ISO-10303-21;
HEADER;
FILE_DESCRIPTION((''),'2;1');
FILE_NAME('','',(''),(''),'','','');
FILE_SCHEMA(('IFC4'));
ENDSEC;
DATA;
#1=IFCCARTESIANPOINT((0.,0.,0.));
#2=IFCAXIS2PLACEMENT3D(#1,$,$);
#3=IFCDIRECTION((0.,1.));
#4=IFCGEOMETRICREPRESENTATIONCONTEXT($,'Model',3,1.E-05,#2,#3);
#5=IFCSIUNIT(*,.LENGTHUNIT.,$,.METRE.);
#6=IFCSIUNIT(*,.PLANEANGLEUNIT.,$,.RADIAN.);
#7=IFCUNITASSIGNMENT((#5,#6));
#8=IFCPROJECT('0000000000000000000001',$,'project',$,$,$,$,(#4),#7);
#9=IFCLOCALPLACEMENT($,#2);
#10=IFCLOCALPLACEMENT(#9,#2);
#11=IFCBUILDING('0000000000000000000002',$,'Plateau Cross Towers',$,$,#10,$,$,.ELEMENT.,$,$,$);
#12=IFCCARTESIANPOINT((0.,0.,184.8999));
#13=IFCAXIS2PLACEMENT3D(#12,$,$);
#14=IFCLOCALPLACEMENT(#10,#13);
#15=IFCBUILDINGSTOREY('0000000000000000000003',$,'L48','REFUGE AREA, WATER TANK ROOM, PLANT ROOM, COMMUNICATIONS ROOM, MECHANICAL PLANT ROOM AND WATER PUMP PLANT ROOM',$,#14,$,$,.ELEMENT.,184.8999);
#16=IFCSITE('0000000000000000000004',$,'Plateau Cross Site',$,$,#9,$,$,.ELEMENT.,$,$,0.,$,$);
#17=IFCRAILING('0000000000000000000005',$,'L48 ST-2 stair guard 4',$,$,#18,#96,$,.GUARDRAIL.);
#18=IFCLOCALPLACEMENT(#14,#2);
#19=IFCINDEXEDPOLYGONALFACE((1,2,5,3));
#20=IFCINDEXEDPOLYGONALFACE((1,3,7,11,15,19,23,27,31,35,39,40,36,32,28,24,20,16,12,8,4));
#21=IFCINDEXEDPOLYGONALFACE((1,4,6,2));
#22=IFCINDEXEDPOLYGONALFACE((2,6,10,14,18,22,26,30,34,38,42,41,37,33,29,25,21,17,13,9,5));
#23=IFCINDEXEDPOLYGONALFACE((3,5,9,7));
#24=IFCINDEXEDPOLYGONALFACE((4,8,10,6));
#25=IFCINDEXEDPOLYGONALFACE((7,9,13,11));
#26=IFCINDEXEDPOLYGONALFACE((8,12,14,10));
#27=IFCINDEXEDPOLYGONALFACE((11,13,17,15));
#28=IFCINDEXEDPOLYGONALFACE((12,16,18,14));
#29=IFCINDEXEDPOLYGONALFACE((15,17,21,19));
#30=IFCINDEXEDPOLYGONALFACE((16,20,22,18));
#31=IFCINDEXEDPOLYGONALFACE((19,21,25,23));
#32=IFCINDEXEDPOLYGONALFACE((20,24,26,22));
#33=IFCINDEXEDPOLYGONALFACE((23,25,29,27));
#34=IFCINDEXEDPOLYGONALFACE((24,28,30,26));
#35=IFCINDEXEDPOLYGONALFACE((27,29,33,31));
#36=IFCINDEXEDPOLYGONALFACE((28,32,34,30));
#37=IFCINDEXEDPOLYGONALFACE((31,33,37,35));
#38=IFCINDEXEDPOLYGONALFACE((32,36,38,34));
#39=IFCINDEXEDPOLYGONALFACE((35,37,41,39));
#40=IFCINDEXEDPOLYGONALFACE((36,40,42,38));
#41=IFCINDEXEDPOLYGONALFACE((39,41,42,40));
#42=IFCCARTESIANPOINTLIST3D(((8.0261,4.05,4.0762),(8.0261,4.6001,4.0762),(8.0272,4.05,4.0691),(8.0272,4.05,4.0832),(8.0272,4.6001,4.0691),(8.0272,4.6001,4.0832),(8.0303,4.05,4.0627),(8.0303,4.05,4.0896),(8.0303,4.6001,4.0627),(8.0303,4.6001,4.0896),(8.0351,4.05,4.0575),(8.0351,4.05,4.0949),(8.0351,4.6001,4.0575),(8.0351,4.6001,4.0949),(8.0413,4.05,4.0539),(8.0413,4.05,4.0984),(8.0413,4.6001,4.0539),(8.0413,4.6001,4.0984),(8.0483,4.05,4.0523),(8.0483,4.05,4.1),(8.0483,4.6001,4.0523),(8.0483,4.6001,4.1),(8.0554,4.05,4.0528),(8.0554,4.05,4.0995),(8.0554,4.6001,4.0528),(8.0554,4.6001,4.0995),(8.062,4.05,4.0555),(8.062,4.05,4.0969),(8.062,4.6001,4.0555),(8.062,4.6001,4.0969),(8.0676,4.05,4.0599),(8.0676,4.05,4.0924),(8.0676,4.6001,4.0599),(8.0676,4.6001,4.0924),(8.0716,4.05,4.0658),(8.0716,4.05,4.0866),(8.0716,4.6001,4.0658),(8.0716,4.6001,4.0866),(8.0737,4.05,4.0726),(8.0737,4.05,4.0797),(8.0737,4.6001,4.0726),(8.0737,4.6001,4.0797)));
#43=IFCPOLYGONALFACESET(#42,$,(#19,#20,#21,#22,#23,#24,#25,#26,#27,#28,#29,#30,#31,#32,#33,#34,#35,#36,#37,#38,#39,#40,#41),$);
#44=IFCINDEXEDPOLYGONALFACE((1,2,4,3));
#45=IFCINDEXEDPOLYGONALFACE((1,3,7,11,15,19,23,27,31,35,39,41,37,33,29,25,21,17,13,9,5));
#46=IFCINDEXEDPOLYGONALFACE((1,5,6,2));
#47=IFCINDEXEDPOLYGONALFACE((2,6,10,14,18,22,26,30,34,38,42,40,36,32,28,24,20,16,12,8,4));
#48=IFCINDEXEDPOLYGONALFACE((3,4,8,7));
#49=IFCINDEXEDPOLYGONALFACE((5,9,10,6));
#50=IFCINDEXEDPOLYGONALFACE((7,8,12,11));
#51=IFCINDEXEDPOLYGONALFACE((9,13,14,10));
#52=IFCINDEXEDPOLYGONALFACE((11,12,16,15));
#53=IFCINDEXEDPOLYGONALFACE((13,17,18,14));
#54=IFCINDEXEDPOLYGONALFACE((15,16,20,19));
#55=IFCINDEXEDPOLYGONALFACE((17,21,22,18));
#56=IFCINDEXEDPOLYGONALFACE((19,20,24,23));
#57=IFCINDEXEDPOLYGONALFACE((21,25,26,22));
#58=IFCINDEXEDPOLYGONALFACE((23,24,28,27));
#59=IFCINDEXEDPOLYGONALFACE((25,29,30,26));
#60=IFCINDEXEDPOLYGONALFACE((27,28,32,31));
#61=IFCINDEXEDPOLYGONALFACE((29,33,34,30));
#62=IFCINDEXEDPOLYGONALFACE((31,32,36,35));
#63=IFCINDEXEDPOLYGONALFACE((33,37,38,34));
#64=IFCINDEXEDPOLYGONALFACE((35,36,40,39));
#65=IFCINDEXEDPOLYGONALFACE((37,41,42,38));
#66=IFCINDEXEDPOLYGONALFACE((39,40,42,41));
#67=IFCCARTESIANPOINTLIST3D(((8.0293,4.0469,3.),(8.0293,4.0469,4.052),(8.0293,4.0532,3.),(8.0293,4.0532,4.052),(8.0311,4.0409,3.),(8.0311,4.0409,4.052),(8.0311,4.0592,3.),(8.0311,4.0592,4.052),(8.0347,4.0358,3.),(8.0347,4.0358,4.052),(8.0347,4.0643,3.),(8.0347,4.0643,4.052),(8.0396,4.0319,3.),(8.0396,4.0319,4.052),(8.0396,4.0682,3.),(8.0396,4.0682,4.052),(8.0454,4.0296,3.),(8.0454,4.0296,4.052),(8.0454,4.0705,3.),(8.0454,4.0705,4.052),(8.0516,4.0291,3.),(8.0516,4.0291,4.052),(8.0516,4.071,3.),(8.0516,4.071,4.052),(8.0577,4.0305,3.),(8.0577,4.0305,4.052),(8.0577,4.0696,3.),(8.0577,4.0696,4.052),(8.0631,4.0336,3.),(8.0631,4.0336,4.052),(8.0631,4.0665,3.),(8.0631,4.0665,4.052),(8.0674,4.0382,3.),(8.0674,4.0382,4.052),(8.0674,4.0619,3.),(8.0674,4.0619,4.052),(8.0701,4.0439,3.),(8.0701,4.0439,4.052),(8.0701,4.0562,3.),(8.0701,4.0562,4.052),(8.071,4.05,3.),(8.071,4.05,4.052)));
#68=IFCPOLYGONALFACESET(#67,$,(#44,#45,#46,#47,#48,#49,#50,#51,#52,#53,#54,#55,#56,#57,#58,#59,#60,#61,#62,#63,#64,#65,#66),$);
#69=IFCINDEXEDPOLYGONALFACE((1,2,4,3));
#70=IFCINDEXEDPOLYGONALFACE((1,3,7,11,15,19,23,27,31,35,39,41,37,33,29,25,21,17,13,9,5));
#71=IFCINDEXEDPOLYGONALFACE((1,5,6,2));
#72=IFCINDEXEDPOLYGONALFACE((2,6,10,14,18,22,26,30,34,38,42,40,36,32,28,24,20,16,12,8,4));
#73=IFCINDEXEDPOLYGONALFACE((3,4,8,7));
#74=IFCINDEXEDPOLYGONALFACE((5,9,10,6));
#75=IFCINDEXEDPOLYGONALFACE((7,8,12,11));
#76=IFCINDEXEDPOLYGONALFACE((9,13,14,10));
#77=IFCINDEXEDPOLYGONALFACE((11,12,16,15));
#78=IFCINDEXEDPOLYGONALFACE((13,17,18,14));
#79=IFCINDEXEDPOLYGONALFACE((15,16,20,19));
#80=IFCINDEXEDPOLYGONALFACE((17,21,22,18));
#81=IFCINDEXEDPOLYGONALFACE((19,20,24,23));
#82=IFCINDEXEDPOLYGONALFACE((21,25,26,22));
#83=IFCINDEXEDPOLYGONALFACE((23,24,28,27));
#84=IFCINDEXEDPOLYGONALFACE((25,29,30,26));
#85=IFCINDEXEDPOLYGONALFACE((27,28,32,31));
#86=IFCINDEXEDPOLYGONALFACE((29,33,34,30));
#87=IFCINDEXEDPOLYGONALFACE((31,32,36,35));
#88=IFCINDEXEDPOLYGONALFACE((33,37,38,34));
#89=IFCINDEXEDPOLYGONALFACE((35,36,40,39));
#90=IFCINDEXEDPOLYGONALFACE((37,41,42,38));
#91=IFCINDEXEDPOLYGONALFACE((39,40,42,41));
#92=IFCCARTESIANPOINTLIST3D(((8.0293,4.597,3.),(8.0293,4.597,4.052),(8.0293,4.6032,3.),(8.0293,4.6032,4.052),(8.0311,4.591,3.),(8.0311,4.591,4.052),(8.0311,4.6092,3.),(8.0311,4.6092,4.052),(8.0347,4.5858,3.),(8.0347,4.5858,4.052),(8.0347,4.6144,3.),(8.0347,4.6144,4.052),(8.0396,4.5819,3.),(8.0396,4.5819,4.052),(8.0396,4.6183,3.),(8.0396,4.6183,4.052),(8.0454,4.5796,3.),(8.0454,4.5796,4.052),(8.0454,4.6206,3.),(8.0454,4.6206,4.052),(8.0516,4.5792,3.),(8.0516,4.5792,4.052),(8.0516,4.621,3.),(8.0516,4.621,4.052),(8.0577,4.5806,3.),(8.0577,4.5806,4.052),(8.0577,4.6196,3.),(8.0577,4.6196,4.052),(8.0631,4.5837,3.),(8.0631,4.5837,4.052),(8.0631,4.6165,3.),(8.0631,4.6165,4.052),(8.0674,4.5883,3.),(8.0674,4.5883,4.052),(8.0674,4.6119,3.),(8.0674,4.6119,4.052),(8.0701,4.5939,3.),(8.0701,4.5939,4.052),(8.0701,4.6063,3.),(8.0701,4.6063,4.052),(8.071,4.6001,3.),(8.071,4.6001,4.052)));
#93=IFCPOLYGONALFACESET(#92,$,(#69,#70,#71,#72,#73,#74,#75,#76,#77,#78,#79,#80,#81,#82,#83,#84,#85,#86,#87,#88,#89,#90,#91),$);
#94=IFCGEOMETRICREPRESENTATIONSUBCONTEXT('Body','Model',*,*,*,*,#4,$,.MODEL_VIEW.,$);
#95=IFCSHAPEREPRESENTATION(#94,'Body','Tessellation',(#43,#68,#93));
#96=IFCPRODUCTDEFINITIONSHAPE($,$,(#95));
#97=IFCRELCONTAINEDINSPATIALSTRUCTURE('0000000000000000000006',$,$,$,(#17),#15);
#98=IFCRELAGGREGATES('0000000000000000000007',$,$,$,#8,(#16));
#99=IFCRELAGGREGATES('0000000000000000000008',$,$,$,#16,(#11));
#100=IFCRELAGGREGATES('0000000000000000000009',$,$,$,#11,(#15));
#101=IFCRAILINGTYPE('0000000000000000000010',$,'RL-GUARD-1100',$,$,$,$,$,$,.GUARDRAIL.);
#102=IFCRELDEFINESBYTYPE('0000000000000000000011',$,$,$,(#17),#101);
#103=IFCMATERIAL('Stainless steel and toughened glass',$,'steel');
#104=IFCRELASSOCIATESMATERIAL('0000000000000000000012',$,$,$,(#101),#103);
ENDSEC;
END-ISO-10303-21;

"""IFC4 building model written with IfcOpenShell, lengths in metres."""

from ifc_helpers import new_model, si_unit, direction, frame, origin, origin_2d, place, context, subcontext, project, spatial, circle, extrude, material, type_object, element, save


model = new_model("IFC4")

# Units and contexts
model_context = context("Model", 3, precision=1e-05, world=origin(), true_north=direction((0.0, 1.0)))
body_context = subcontext(model_context, "Body", "Model", "MODEL_VIEW")
ifc_project = project(units=[si_unit("LENGTHUNIT", "METRE"), si_unit("PLANEANGLEUNIT", "RADIAN")], contexts=[model_context])

# Site, building, storey
site_placement = place(None, origin())
site = spatial("IfcSite", under=ifc_project, at=site_placement, Name="Plateau Cross Site", CompositionType="ELEMENT", RefElevation=0.0)
building_placement = place(site_placement, origin())
building = spatial("IfcBuilding", under=site, at=building_placement, Name="Plateau Cross Towers", CompositionType="ELEMENT")
storey_placement = place(building_placement, frame((0.0, 0.0, 184.8999)))
storey = spatial("IfcBuildingStorey", under=building, at=storey_placement, Name="L48", Description="REFUGE AREA, WATER TANK ROOM, PLANT ROOM, COMMUNICATIONS ROOM, MECHANICAL PLANT ROOM AND WATER PUMP PLANT ROOM", CompositionType="ELEMENT", Elevation=184.8999)

# Railing
ifc_material_1 = material(Name="Stainless steel and toughened glass", Category="steel")
railing_type_1 = type_object("IfcRailingType", Name="RL-GUARD-1100", PredefinedType="GUARDRAIL", material=ifc_material_1)
railing_1_placement = place(storey_placement, frame((8.05, 4.05, 3.0)))
element("IfcRailing", 1, at=railing_1_placement, inside=storey, type_object=railing_type_1, Name="L48 ST-2 stair guard 4", PredefinedType="GUARDRAIL", context=body_context, shape_type="SweptSolid", body=[
    extrude(circle(Radius=0.0239, at=origin_2d()), frame((0.0, 0.0, 1.0762), z_axis=(0.0, 1.0, 0.0), x_axis=(-1.0, 0.0, 0.0)), (0.0, 0.0, 1.0), 0.55),
    extrude(circle(Radius=0.021, at=origin_2d()), origin(), (0.0, 0.0, 1.0), 1.052),
    extrude(circle(Radius=0.021, at=origin_2d()), frame((0.0, 0.55, 0.0)), (0.0, 0.0, 1.0), 1.052),
])

save(model, "model.ifc")
